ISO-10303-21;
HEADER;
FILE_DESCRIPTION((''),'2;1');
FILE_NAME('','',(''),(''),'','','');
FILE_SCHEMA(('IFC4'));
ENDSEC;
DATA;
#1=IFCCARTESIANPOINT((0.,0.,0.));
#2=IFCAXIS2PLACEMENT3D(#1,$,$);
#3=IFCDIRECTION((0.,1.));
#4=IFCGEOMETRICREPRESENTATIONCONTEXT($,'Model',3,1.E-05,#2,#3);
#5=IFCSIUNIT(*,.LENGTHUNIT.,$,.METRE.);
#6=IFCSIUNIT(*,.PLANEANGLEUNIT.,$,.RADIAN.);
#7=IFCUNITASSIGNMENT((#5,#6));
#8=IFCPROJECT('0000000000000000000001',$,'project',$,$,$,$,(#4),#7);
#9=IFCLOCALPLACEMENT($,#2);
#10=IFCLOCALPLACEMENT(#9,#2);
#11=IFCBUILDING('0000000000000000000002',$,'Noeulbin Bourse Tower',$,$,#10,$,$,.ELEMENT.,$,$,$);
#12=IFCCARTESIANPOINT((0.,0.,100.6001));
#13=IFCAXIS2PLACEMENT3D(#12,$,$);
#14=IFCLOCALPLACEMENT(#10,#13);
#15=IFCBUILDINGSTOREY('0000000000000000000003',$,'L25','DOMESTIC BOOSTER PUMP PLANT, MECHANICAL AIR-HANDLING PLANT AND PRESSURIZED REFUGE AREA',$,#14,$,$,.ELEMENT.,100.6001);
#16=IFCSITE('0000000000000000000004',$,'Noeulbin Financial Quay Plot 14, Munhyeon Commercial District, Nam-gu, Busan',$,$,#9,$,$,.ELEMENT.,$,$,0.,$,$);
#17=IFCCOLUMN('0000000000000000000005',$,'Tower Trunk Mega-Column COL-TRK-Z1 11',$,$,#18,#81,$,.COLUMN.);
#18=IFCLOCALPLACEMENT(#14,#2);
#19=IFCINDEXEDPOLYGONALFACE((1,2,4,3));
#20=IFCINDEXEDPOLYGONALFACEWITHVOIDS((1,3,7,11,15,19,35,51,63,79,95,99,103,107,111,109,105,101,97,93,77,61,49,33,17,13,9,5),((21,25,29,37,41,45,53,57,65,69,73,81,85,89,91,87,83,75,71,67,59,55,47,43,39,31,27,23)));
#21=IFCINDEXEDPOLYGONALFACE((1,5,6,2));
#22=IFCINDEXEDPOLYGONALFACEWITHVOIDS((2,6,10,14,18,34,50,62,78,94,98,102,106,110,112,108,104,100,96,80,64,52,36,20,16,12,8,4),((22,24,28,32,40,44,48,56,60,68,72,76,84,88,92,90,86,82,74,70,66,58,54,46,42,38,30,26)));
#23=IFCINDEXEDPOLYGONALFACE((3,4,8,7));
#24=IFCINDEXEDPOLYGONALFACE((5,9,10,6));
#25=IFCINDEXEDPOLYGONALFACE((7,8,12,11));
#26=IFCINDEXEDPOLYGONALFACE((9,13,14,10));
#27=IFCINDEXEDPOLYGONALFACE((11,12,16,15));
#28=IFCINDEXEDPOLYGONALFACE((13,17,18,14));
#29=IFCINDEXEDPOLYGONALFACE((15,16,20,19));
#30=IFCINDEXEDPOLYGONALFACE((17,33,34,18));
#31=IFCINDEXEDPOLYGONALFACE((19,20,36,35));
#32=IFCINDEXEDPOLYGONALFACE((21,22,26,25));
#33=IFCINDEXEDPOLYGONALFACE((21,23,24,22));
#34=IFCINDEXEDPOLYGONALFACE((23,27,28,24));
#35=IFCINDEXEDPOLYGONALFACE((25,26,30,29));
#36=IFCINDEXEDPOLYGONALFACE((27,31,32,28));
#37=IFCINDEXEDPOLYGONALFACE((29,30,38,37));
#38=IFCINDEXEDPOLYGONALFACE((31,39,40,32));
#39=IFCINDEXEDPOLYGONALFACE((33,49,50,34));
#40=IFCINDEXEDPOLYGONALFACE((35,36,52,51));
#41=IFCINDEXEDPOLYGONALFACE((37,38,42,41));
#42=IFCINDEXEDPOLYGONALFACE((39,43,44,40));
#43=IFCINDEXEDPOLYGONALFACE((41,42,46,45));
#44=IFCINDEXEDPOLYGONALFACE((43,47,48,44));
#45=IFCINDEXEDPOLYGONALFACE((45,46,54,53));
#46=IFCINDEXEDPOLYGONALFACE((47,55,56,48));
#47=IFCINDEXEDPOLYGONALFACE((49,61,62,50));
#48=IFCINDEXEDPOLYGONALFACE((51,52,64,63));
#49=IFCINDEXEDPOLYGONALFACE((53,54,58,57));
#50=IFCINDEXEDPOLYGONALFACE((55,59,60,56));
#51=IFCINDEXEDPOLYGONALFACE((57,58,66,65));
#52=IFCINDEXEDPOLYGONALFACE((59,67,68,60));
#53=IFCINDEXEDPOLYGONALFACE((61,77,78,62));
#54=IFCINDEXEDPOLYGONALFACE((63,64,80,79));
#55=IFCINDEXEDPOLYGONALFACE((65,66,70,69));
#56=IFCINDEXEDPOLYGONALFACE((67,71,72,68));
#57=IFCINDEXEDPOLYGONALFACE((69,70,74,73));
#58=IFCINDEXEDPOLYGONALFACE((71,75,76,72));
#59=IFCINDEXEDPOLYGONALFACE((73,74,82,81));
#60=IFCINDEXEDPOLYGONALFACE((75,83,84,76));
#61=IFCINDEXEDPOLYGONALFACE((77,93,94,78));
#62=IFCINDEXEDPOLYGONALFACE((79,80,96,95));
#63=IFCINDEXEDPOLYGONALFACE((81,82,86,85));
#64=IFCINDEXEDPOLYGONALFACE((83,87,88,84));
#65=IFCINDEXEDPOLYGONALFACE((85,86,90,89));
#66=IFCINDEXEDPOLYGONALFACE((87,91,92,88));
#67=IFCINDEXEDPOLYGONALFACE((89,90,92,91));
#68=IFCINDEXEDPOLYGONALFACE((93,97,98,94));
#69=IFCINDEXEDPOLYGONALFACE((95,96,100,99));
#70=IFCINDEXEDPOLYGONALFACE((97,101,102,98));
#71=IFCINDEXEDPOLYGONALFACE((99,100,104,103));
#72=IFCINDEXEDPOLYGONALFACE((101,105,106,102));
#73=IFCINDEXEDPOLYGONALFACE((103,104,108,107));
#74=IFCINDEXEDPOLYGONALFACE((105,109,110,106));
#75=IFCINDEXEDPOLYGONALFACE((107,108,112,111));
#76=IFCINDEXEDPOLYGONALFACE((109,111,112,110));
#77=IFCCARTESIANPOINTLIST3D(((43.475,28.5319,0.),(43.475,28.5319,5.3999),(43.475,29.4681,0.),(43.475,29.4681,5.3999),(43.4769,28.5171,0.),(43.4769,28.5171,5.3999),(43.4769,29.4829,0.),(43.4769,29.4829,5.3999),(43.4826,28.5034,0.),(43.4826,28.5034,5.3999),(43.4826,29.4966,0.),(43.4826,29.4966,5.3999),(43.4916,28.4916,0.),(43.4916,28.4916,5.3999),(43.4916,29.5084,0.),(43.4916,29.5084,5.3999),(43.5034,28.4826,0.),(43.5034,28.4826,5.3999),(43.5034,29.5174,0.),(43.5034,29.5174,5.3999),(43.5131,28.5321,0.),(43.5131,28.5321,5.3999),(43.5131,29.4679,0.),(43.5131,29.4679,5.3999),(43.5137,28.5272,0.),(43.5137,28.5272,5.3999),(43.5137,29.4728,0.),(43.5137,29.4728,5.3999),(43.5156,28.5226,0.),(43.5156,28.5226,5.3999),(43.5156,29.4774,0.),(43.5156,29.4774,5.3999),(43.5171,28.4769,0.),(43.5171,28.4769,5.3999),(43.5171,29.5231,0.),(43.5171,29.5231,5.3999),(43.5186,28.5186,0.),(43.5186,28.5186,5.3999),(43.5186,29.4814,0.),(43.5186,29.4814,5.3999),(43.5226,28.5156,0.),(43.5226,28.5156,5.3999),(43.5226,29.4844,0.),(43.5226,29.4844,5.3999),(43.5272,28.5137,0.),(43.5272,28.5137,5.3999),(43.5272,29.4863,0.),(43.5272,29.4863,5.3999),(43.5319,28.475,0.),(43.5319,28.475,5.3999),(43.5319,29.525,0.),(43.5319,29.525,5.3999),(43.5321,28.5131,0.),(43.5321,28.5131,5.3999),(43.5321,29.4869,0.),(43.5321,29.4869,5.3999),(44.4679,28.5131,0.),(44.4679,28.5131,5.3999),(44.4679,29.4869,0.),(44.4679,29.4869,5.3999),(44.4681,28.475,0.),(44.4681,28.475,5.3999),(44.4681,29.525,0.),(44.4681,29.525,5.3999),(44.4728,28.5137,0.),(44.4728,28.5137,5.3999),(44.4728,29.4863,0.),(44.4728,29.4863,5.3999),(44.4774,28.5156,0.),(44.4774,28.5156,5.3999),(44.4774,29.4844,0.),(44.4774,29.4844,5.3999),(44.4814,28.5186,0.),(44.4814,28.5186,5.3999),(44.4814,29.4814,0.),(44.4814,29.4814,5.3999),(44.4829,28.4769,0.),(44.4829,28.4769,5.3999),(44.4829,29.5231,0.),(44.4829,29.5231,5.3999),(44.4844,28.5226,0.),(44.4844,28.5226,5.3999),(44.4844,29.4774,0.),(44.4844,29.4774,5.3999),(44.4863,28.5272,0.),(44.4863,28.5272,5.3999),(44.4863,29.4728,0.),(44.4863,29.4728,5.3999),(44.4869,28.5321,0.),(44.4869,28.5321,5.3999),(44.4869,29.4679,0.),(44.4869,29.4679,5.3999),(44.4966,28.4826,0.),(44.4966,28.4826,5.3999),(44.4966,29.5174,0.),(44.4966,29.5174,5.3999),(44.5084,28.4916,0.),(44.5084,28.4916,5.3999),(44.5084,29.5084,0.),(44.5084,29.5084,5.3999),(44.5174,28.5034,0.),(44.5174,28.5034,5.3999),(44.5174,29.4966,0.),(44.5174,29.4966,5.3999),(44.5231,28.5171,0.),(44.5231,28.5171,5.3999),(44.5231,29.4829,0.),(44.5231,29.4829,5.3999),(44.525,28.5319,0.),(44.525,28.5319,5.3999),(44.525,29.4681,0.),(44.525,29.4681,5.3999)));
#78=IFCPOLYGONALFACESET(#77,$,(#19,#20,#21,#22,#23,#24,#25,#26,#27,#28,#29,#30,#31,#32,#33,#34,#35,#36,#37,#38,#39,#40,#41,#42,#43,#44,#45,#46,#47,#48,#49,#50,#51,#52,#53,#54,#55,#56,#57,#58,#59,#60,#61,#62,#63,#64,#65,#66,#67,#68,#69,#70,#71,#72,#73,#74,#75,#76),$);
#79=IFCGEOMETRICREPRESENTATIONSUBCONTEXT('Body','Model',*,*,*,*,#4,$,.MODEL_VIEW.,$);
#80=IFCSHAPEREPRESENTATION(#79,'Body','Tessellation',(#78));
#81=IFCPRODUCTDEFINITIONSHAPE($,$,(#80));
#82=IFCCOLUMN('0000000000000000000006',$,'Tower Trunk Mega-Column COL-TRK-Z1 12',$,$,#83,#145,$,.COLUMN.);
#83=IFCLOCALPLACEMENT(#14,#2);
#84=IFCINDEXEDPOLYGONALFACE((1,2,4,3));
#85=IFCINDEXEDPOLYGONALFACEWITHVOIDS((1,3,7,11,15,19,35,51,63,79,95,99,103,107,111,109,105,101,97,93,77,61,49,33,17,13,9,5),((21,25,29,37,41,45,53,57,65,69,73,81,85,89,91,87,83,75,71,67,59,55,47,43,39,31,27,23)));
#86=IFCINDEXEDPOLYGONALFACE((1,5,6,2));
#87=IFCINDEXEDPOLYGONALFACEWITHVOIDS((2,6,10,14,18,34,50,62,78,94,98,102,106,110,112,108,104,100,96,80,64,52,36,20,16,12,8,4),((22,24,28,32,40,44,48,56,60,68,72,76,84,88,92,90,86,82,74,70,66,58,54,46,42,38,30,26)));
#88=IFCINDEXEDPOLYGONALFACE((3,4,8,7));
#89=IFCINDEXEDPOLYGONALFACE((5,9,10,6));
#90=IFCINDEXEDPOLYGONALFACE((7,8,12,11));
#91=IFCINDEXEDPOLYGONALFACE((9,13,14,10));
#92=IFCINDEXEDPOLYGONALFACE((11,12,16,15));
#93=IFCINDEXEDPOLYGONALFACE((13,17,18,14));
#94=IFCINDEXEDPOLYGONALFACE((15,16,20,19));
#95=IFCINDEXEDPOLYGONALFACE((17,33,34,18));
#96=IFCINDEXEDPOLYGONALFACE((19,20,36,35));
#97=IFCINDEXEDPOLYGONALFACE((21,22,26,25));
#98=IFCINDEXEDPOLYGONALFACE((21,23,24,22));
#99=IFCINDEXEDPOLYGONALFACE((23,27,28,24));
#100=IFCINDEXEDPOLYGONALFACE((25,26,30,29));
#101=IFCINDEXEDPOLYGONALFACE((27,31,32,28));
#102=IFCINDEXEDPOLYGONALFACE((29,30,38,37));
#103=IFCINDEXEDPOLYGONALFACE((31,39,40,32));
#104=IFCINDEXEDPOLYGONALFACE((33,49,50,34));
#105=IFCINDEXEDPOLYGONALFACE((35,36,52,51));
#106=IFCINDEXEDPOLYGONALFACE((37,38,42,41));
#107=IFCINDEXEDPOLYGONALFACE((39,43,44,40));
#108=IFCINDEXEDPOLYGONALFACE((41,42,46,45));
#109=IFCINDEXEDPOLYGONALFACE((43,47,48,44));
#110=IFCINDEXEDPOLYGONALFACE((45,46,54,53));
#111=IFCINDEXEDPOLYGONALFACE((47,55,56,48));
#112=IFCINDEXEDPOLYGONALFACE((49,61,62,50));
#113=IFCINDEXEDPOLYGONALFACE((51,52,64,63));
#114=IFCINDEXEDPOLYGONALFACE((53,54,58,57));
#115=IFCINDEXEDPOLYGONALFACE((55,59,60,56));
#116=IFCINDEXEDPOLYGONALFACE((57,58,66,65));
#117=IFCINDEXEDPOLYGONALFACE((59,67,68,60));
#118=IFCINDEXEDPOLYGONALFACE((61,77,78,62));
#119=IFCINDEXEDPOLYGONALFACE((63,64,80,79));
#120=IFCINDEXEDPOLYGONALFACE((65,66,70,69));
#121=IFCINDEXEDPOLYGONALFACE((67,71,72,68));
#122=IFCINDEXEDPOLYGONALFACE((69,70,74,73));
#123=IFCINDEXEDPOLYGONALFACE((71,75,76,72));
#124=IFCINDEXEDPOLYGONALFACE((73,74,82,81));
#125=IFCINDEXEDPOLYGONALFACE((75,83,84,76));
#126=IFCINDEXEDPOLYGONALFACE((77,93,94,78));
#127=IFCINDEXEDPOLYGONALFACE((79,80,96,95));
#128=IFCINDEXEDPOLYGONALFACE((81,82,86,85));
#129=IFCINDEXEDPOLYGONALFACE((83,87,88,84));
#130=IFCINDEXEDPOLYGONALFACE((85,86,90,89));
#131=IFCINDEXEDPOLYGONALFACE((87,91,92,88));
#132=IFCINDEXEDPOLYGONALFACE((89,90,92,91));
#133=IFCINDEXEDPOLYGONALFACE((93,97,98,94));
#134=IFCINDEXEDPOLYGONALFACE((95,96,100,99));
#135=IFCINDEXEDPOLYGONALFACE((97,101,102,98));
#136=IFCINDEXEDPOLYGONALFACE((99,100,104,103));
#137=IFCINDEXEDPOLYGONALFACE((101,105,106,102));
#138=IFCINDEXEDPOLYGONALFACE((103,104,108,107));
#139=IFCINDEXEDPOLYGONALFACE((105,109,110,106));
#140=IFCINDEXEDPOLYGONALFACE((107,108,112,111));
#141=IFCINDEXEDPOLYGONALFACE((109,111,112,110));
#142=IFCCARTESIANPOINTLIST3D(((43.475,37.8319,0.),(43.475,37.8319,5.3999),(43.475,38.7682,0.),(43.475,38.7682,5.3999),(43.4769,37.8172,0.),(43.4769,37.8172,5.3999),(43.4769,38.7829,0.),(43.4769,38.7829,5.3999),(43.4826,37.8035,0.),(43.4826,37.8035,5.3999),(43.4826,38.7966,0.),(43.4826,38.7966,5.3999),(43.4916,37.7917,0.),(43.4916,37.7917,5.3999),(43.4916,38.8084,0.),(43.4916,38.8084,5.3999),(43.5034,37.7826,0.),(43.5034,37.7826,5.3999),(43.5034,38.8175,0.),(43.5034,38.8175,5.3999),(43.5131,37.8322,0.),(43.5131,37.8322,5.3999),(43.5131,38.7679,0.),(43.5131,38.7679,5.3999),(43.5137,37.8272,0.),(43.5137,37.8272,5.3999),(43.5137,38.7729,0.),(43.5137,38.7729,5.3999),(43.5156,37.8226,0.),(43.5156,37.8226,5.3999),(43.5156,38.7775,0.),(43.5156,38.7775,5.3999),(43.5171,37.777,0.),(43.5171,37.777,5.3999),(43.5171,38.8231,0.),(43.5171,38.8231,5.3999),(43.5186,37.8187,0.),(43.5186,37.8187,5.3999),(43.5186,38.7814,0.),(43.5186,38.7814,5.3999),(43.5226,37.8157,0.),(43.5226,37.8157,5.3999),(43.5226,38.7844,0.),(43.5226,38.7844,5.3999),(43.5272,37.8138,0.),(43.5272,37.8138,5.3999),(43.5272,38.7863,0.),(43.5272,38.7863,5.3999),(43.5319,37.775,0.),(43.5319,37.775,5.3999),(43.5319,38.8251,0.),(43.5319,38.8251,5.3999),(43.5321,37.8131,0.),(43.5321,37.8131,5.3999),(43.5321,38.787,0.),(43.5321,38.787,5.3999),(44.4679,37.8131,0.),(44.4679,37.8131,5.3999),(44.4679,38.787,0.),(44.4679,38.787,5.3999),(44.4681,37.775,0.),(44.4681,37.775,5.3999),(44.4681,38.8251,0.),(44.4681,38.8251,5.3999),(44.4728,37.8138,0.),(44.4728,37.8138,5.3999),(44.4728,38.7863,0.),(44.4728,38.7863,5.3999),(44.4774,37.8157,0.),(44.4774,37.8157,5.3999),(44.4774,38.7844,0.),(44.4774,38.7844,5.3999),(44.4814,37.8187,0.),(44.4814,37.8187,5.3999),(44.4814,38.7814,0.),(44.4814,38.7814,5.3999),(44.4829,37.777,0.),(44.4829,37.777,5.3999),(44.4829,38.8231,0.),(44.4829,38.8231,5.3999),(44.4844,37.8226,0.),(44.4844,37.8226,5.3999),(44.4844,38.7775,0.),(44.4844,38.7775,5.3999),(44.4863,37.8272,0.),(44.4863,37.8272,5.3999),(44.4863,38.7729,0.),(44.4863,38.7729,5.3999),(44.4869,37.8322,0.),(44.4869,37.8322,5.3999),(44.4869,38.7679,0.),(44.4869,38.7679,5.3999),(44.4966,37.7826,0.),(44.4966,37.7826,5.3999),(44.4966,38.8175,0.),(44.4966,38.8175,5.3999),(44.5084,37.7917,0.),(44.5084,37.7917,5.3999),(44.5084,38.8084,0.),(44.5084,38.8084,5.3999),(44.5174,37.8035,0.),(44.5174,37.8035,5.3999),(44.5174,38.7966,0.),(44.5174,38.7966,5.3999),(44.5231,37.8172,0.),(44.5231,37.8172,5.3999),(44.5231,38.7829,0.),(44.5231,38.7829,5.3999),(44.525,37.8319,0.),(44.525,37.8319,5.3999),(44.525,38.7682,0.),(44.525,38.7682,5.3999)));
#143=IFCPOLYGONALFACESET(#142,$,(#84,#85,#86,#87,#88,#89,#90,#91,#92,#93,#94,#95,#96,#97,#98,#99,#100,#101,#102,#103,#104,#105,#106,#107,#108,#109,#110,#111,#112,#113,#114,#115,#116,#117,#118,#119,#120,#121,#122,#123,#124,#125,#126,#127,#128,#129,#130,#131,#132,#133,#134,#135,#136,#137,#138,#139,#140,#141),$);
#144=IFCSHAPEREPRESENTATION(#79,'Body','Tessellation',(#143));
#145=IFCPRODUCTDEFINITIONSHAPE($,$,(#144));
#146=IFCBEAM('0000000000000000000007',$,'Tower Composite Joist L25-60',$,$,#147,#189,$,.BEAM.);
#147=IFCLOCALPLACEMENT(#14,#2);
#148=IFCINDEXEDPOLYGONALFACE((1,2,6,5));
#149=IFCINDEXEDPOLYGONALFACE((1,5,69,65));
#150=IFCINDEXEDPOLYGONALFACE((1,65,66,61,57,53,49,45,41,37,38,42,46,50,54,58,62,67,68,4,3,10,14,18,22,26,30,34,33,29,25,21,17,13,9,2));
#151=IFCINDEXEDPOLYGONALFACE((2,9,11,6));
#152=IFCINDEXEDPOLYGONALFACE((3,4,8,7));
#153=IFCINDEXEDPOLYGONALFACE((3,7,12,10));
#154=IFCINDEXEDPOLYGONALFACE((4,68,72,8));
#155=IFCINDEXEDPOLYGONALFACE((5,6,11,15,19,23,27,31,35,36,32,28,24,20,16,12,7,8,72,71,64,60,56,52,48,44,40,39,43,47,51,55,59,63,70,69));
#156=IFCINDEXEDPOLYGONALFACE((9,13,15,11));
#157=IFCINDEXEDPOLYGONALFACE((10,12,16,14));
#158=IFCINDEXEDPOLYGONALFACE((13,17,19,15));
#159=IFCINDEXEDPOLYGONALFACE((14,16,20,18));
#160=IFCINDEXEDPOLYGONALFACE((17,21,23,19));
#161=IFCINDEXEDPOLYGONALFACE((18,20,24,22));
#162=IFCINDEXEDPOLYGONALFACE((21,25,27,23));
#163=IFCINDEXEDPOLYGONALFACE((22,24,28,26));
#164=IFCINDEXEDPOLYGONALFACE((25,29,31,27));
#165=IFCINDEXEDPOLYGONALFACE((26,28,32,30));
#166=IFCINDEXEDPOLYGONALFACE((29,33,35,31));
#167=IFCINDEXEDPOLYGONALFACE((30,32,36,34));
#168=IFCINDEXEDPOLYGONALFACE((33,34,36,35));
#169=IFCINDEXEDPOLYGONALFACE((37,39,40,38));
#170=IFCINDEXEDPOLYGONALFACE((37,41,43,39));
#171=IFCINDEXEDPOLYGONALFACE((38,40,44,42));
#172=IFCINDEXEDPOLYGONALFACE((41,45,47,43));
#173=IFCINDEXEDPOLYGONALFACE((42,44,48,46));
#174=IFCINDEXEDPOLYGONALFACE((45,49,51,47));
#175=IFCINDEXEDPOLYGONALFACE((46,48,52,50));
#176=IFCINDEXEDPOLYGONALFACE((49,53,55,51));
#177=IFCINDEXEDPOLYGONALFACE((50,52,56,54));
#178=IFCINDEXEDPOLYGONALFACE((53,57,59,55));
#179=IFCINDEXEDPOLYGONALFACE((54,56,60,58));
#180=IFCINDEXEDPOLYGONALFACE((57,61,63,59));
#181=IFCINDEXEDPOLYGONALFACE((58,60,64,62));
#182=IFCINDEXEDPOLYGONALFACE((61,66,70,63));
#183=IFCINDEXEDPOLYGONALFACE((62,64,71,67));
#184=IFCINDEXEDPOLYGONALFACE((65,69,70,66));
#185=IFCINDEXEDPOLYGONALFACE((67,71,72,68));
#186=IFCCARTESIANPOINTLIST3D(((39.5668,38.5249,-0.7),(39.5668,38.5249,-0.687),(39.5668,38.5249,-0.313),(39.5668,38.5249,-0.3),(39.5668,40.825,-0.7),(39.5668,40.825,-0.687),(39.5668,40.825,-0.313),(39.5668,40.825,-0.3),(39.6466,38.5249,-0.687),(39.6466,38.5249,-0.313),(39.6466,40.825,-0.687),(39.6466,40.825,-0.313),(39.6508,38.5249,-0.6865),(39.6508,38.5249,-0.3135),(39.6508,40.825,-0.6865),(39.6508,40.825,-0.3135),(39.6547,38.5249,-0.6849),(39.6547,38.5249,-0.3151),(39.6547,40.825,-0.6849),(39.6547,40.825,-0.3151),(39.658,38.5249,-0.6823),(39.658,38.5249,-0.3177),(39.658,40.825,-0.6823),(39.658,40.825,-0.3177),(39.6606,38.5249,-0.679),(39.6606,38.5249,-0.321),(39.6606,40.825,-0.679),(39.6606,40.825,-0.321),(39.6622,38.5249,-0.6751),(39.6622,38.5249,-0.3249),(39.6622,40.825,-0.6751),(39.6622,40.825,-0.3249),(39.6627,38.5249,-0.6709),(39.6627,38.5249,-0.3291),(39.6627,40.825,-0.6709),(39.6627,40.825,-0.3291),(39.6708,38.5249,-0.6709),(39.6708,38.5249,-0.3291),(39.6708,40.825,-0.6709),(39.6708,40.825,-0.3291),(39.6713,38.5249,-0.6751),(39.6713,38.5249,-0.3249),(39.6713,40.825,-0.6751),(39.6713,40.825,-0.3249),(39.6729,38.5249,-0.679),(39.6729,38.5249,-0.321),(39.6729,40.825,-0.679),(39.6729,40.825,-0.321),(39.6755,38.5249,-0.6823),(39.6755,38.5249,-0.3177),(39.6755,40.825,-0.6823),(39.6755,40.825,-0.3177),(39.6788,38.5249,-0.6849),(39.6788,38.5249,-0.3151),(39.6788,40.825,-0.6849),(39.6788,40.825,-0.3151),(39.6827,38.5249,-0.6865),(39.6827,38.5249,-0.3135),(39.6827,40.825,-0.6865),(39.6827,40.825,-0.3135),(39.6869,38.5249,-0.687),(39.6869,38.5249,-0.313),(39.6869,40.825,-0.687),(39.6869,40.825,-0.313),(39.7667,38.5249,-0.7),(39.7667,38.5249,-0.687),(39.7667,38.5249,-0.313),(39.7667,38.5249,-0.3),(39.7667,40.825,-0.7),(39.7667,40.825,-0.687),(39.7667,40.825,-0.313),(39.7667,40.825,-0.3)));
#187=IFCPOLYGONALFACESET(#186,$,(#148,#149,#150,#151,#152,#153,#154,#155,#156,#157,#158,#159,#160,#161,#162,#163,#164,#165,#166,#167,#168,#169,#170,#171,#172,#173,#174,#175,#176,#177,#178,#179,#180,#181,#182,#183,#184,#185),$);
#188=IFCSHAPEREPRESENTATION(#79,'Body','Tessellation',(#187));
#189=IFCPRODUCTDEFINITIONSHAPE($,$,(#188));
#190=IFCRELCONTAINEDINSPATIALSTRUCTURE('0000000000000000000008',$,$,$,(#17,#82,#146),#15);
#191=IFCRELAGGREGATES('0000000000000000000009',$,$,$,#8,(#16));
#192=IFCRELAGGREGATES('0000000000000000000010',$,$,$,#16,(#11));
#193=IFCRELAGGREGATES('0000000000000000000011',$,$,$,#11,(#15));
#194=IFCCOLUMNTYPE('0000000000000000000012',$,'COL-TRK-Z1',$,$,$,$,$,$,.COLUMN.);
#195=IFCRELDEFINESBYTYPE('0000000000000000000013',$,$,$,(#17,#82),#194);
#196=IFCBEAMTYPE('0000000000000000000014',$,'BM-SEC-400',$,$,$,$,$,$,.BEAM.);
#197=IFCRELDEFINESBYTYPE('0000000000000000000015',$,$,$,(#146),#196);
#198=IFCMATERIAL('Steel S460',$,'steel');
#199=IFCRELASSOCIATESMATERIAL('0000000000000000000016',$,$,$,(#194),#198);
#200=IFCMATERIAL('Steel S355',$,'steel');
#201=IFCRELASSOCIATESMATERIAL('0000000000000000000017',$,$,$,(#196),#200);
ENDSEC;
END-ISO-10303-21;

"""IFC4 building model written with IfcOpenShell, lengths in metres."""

from ifc_helpers import new_model, si_unit, direction, frame, origin, origin_2d, place, context, subcontext, project, spatial, hollow_rectangle, i_section, extrude, material, material_profile, profile_set, type_object, element, save


model = new_model("IFC4")

# Units and contexts
model_context = context("Model", 3, precision=1e-05, world=origin(), true_north=direction((0.0, 1.0)))
body_context = subcontext(model_context, "Body", "Model", "MODEL_VIEW")
ifc_project = project(units=[si_unit("LENGTHUNIT", "METRE"), si_unit("PLANEANGLEUNIT", "RADIAN")], contexts=[model_context])

# Site, building, storey
site_placement = place(None, origin())
site = spatial("IfcSite", under=ifc_project, at=site_placement, Name="Noeulbin Financial Quay Plot 14, Munhyeon Commercial District, Nam-gu, Busan", CompositionType="ELEMENT", RefElevation=0.0)
building_placement = place(site_placement, origin())
building = spatial("IfcBuilding", under=site, at=building_placement, Name="Noeulbin Bourse Tower", CompositionType="ELEMENT")
storey_placement = place(building_placement, frame((0.0, 0.0, 100.6001)))
storey = spatial("IfcBuildingStorey", under=building, at=storey_placement, Name="L25", Description="DOMESTIC BOOSTER PUMP PLANT, MECHANICAL AIR-HANDLING PLANT AND PRESSURIZED REFUGE AREA", CompositionType="ELEMENT", Elevation=100.6001)

# Columns
ifc_material_1 = material(Name="Steel S460", Category="steel")
ifc_material_profile_1 = material_profile(ifc_material_1, hollow_rectangle(XDim=1.05, YDim=1.05, WallThickness=0.0381, InnerFilletRadius=0.019, OuterFilletRadius=0.0569, at=origin_2d()), Name="BOX-1050x1050x38", Category="LoadBearing")
ifc_profile_set_1 = profile_set([ifc_material_profile_1], Name="Steel S460")
column_type = type_object("IfcColumnType", Name="COL-TRK-Z1", PredefinedType="COLUMN", material=ifc_profile_set_1)
for number, where, z_axis, x_axis, name in (
    (1, (44.0, 29.0, 0.0), (0.0, 0.0, 1.0), (1.0, 0.0, 0.0), "Tower Trunk Mega-Column COL-TRK-Z1 11"),
    (2, (44.0, 38.3, 0.0), (0.0, 0.0, 1.0), (1.0, 0.0, 0.0), "Tower Trunk Mega-Column COL-TRK-Z1 12"),
):
    element("IfcColumn", number, at=place(storey_placement, frame(where, z_axis=z_axis, x_axis=x_axis)), inside=storey, type_object=column_type, Name=name, PredefinedType="COLUMN", context=body_context, shape_type="SweptSolid", body=[
        extrude(hollow_rectangle(XDim=1.05, YDim=1.05, WallThickness=0.0381, InnerFilletRadius=0.019, OuterFilletRadius=0.0569, at=origin_2d()), origin(), (0.0, 0.0, 1.0), 5.3999),
    ])

# Beam
ifc_material_2 = material(Name="Steel S355", Category="steel")
ifc_material_profile_2 = material_profile(ifc_material_2, i_section(OverallWidth=0.2, OverallDepth=0.3999, WebThickness=0.0081, FlangeThickness=0.0129, FilletRadius=0.0161, at=origin_2d()), Name="H-400x200x8x13", Category="LoadBearing")
ifc_profile_set_2 = profile_set([ifc_material_profile_2], Name="Steel S355")
beam_type_1 = type_object("IfcBeamType", Name="BM-SEC-400", PredefinedType="BEAM", material=ifc_profile_set_2)
for number, where, z_axis, x_axis, name in (
    (3, (39.6667, 38.5249, -0.5), (0.0, 1.0, 0.0), (-1.0, 0.0, 0.0), "Tower Composite Joist L25-60"),
):
    element("IfcBeam", number, at=place(storey_placement, frame(where, z_axis=z_axis, x_axis=x_axis)), inside=storey, type_object=beam_type_1, Name=name, PredefinedType="BEAM", context=body_context, shape_type="SweptSolid", body=[
        extrude(i_section(OverallWidth=0.2, OverallDepth=0.3999, WebThickness=0.0081, FlangeThickness=0.0129, FilletRadius=0.0161, at=origin_2d()), origin(), (0.0, 0.0, 1.0), 2.3),
    ])

save(model, "model.ifc")
